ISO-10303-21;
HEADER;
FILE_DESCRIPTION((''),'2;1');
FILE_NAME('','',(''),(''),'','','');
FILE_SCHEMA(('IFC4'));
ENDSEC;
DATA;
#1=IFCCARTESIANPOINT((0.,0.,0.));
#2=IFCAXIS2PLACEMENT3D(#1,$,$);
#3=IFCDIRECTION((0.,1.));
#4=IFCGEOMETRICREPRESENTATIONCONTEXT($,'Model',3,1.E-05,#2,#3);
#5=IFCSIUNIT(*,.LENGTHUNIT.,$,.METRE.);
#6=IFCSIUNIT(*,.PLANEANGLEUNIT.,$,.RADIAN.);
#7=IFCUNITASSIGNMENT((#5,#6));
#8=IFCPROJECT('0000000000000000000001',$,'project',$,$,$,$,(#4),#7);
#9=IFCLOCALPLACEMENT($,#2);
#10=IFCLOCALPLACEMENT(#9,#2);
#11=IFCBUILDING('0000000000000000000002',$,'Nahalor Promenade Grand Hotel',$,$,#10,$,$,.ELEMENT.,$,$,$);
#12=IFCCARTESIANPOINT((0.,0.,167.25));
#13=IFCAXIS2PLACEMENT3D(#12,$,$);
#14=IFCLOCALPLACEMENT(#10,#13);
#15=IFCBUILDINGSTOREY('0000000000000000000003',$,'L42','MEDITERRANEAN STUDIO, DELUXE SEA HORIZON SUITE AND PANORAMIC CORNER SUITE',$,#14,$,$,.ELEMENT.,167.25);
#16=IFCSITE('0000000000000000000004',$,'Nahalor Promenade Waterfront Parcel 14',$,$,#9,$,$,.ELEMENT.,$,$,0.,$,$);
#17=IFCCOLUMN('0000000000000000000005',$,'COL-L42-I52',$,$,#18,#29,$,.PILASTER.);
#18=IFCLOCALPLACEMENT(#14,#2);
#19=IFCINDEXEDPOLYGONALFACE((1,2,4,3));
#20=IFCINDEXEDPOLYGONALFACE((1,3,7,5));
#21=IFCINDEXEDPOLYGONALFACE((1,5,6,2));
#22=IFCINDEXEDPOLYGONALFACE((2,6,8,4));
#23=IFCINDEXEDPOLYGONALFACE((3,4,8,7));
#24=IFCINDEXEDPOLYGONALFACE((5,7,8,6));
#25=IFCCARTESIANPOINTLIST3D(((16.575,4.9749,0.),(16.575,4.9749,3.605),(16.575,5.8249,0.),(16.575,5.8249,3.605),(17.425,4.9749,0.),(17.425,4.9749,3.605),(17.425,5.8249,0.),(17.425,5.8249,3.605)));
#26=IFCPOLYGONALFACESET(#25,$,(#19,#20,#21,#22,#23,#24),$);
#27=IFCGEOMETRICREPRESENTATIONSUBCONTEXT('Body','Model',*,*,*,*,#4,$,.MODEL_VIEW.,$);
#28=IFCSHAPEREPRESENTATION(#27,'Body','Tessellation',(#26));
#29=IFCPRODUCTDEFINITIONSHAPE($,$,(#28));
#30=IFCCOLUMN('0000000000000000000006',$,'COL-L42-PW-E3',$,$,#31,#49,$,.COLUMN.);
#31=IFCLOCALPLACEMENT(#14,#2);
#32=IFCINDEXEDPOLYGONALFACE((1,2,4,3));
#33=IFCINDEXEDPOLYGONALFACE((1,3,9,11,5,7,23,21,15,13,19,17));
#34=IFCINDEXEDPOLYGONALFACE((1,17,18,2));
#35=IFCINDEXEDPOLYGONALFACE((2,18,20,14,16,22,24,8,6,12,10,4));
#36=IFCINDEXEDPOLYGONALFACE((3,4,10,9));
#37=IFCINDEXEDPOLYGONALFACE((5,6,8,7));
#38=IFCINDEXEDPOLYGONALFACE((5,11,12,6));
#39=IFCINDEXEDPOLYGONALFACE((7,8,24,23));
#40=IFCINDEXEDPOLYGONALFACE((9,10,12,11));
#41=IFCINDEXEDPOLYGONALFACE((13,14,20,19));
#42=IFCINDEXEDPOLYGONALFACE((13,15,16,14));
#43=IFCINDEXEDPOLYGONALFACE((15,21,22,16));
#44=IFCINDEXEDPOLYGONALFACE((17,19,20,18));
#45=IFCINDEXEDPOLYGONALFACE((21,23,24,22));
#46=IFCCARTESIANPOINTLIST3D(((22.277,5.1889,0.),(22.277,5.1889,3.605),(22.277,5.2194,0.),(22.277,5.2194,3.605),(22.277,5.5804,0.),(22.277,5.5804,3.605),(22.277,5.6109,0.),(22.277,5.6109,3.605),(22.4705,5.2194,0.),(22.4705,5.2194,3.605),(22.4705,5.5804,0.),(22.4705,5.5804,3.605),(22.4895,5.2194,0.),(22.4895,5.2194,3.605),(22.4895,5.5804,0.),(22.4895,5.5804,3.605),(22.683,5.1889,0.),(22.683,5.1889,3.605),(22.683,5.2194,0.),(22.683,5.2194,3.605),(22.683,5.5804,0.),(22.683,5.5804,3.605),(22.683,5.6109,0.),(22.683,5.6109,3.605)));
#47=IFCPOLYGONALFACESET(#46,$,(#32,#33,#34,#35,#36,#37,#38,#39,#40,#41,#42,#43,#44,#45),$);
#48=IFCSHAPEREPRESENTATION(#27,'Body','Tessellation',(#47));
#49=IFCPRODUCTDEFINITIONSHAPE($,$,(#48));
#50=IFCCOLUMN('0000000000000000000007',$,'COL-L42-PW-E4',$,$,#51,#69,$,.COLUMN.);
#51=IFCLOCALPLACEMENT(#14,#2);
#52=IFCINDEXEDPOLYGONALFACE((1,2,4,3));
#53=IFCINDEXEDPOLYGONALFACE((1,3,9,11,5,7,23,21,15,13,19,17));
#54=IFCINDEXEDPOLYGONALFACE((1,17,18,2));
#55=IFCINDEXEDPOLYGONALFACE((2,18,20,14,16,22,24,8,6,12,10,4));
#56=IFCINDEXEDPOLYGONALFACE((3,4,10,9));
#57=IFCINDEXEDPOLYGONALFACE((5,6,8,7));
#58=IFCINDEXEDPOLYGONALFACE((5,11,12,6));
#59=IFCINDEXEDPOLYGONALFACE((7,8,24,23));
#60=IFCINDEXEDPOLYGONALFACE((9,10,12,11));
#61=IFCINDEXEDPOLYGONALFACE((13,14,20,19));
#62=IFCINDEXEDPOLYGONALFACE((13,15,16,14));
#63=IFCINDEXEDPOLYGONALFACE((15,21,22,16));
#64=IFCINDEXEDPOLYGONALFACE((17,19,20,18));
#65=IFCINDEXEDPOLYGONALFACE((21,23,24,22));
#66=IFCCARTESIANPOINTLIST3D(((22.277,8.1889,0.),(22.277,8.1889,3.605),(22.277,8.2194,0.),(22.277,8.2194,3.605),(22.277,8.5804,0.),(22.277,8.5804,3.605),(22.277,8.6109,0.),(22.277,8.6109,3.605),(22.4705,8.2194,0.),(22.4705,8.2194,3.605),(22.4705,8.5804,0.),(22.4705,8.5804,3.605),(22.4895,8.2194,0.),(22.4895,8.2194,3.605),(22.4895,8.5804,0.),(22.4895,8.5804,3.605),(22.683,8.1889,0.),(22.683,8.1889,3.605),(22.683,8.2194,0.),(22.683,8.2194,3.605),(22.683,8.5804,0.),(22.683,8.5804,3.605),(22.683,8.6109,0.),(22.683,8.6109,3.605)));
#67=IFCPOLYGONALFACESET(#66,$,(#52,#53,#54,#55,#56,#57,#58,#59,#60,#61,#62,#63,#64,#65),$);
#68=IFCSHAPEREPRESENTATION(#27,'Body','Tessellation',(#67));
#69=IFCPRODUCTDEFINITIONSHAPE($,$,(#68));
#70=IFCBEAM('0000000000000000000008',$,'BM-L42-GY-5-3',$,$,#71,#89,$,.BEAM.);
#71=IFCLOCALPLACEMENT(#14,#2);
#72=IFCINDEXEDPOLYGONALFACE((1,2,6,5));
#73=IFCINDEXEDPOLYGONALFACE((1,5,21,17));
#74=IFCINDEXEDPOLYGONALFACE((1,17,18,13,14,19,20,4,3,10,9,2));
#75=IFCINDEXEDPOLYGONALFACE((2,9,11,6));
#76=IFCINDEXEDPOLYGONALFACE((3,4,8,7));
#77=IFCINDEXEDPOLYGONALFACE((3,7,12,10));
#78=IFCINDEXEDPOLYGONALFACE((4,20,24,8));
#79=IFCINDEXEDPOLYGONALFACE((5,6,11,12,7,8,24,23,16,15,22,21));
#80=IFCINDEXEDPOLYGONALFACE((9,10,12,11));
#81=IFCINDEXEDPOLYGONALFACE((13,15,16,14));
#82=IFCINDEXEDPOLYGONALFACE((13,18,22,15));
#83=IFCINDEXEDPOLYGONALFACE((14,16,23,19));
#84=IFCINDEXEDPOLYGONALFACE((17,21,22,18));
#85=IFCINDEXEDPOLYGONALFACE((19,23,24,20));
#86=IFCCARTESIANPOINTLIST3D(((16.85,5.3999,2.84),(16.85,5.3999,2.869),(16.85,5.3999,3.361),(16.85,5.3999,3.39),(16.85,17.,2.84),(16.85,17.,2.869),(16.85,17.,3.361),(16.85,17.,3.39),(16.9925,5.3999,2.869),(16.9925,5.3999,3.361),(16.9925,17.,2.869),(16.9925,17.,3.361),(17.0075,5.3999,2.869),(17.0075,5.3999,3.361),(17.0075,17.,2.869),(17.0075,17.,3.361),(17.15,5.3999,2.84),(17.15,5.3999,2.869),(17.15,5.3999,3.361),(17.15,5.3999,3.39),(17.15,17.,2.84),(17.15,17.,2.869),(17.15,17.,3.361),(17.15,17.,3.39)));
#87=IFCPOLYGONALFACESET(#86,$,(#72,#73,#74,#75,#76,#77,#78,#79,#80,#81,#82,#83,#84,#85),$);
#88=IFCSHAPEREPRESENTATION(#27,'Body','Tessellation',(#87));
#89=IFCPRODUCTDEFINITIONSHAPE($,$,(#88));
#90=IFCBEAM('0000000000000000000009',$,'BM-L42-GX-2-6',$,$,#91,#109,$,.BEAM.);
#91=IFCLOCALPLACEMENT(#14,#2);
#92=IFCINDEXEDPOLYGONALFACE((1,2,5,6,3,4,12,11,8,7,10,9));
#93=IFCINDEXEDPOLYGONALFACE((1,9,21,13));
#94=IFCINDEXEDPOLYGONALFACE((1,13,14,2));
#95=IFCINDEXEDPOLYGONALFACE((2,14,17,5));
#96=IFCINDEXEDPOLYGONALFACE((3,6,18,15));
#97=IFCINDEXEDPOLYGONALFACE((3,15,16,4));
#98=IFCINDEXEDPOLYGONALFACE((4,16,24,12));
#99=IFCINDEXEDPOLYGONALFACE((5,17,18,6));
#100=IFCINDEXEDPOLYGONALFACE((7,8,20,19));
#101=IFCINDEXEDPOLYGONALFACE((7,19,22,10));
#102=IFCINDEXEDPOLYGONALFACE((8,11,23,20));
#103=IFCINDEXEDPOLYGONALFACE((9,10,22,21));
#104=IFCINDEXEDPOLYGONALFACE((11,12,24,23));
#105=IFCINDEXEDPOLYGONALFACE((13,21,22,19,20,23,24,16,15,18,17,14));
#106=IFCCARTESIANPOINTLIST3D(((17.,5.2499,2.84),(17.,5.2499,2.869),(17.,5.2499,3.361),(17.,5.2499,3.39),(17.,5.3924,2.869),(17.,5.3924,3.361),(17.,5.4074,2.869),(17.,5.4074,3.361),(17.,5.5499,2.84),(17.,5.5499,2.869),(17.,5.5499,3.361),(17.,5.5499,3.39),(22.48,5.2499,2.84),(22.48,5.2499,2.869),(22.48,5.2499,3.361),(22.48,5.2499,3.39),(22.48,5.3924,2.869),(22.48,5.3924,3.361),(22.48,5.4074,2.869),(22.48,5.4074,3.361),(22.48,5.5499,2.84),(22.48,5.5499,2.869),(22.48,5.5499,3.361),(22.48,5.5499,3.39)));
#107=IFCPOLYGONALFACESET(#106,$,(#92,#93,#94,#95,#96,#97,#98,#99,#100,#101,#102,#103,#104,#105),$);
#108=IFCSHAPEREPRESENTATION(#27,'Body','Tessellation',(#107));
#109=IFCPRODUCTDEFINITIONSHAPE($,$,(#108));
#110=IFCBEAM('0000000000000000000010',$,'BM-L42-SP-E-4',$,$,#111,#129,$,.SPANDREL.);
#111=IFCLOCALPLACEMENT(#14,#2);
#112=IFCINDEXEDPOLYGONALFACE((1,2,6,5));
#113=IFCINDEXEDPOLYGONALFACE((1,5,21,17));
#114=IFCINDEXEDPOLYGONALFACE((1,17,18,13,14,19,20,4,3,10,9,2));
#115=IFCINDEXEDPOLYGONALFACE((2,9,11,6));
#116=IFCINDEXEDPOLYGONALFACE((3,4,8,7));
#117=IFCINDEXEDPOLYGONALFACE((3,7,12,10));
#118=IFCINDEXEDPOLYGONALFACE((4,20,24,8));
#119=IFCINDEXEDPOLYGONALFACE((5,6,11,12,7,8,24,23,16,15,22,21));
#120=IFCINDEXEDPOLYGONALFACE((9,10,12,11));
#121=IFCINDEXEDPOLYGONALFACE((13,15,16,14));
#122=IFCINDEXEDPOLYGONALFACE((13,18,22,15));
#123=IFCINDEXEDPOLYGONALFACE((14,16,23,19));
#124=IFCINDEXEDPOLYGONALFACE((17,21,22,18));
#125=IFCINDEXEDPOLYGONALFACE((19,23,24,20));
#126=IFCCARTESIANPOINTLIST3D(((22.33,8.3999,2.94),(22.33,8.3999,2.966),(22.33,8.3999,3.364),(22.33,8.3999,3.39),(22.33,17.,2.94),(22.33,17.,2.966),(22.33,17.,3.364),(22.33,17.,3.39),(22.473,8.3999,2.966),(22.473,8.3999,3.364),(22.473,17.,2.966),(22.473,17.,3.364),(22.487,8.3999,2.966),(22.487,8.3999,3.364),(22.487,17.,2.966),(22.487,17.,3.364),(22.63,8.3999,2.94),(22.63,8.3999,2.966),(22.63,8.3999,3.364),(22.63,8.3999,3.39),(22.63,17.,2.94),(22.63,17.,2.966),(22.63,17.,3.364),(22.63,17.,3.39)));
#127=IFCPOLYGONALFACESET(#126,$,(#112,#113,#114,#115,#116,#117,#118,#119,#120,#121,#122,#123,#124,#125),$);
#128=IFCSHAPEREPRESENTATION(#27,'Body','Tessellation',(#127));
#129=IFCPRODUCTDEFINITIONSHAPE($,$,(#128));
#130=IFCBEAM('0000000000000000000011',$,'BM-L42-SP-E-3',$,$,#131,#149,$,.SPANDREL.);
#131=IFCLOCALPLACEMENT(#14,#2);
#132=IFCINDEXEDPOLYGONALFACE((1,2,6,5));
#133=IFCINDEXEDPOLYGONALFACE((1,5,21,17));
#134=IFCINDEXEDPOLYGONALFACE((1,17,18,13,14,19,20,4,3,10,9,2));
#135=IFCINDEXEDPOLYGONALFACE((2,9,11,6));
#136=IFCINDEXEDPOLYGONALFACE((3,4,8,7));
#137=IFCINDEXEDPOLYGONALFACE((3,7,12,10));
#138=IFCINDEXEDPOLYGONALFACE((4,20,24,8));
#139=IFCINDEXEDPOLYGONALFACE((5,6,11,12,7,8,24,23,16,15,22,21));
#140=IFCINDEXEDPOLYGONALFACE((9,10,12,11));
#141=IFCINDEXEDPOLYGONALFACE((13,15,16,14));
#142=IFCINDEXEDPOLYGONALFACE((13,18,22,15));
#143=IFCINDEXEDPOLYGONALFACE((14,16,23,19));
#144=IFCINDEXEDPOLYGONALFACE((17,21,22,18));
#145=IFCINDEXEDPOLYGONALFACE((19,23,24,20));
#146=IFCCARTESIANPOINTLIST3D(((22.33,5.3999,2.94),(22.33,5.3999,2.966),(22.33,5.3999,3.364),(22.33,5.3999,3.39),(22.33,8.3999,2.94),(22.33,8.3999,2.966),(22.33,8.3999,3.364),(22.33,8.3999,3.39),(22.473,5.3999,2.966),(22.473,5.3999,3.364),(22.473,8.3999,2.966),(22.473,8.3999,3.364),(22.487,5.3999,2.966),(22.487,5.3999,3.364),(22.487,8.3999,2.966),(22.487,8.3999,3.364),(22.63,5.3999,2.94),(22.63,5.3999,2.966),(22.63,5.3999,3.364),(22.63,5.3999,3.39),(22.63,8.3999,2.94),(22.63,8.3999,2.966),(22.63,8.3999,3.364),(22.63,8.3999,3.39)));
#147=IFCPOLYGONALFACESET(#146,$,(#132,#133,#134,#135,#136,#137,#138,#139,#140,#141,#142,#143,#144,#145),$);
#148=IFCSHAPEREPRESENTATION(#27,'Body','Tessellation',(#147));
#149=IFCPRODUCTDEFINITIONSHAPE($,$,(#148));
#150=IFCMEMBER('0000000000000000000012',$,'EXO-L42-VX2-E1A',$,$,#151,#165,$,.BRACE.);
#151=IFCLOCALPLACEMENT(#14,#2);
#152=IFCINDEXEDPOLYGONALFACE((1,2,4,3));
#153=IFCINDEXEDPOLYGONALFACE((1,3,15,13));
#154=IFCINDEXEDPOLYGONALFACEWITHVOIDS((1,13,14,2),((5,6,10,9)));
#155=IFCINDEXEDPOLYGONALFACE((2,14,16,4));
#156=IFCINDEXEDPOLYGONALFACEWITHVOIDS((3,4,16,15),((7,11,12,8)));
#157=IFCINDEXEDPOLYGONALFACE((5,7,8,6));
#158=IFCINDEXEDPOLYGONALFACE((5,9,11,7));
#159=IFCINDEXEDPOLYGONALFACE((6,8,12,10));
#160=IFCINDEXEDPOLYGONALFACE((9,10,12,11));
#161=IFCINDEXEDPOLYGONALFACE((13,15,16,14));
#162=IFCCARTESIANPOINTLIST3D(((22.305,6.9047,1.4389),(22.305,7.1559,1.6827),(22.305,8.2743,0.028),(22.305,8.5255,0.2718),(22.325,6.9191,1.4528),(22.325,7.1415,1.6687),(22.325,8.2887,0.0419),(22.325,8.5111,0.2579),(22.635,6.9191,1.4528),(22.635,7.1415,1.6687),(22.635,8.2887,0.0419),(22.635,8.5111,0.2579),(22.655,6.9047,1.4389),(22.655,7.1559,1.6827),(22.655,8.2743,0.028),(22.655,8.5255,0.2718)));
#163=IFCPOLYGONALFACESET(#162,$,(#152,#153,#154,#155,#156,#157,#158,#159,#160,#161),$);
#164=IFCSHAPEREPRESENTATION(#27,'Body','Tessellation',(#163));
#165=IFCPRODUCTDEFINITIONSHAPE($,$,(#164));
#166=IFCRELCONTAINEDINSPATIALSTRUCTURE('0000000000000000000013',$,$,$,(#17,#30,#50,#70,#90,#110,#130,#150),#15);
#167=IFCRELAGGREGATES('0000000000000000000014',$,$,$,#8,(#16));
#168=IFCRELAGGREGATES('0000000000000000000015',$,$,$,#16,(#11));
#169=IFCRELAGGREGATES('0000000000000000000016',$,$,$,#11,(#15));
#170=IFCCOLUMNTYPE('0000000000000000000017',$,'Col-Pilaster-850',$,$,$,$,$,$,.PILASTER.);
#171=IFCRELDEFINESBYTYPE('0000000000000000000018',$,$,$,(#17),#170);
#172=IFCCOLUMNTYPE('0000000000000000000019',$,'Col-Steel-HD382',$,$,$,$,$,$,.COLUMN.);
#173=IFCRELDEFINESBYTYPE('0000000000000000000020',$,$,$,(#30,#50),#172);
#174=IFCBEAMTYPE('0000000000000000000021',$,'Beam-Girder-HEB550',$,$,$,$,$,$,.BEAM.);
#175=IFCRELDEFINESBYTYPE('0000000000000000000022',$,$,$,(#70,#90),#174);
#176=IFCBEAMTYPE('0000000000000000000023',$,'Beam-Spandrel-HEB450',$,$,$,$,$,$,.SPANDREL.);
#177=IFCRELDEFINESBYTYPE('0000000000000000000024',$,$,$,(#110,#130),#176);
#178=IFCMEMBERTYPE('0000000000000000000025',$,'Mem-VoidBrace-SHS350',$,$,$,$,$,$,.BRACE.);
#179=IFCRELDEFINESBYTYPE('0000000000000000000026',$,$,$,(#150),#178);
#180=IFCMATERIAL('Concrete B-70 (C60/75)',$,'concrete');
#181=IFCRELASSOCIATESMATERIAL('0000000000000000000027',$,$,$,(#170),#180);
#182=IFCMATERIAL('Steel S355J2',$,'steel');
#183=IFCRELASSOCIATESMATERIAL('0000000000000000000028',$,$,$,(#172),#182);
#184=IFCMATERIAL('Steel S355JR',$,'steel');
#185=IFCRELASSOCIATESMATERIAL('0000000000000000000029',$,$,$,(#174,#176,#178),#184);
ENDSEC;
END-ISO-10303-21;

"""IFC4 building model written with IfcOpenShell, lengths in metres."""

from ifc_helpers import new_model, si_unit, direction, frame, origin, origin_2d, place, context, subcontext, project, spatial, rectangle, hollow_rectangle, i_section, extrude, source, transform, mapped, material, material_profile, profile_set, type_object, element, save


model = new_model("IFC4")

# Units and contexts
model_context = context("Model", 3, precision=1e-05, world=origin(), true_north=direction((0.0, 1.0)))
body_context = subcontext(model_context, "Body", "Model", "MODEL_VIEW")
ifc_project = project(units=[si_unit("LENGTHUNIT", "METRE"), si_unit("PLANEANGLEUNIT", "RADIAN")], contexts=[model_context])

# Site, building, storey
site_placement = place(None, origin())
site = spatial("IfcSite", under=ifc_project, at=site_placement, Name="Nahalor Promenade Waterfront Parcel 14", CompositionType="ELEMENT", RefElevation=0.0)
building_placement = place(site_placement, origin())
building = spatial("IfcBuilding", under=site, at=building_placement, Name="Nahalor Promenade Grand Hotel", CompositionType="ELEMENT")
storey_placement = place(building_placement, frame((0.0, 0.0, 167.25)))
storey = spatial("IfcBuildingStorey", under=building, at=storey_placement, Name="L42", Description="MEDITERRANEAN STUDIO, DELUXE SEA HORIZON SUITE AND PANORAMIC CORNER SUITE", CompositionType="ELEMENT", Elevation=167.25)

# Columns
ifc_material_1 = material(Name="Concrete B-70 (C60/75)", Category="concrete")
ifc_material_profile_1 = material_profile(ifc_material_1, rectangle(XDim=0.85, YDim=0.85, at=origin_2d()), Name="RC 850x850")
ifc_profile_set_1 = profile_set([ifc_material_profile_1], Name="Concrete B-70 (C60/75)")
column_type_1 = type_object("IfcColumnType", Name="Col-Pilaster-850", PredefinedType="PILASTER", material=ifc_profile_set_1)
shared_shape_1 = source(origin(), body_context, "Body", "SweptSolid", [
    extrude(rectangle(XDim=0.85, YDim=0.85, at=origin_2d()), origin(), (0.0, 0.0, 1.0), 3.605),
])
column_placement = place(storey_placement, frame((17.0, 5.3999, 0.0), z_axis=(0.0, 0.0, 1.0), x_axis=(1.0, 0.0, 0.0)))
element("IfcColumn", 1, at=column_placement, inside=storey, type_object=column_type_1, Name="COL-L42-I52", PredefinedType="PILASTER", context=body_context, shape_type="MappedRepresentation", body=[
    mapped(shared_shape_1, transform((0.0, 0.0, 0.0), scale=1.0)),
])
ifc_material_2 = material(Name="Steel S355J2", Category="steel")
ifc_material_profile_2 = material_profile(ifc_material_2, i_section(OverallWidth=0.406, OverallDepth=0.422, WebThickness=0.019, FlangeThickness=0.0305, at=origin_2d()), Name="HD 400x382")
ifc_profile_set_2 = profile_set([ifc_material_profile_2], Name="Steel S355J2")
column_type_2 = type_object("IfcColumnType", Name="Col-Steel-HD382", PredefinedType="COLUMN", material=ifc_profile_set_2)
shared_shape_2 = source(origin(), body_context, "Body", "SweptSolid", [
    extrude(i_section(OverallWidth=0.406, OverallDepth=0.422, WebThickness=0.019, FlangeThickness=0.0305, at=origin_2d()), origin(), (0.0, 0.0, 1.0), 3.605),
])
for number, where, z_axis, x_axis, name in (
    (2, (22.48, 5.3999, 0.0), (0.0, 0.0, 1.0), (1.0, 0.0, 0.0), "COL-L42-PW-E3"),
    (3, (22.48, 8.3999, 0.0), (0.0, 0.0, 1.0), (1.0, 0.0, 0.0), "COL-L42-PW-E4"),
):
    element("IfcColumn", number, at=place(storey_placement, frame(where, z_axis=z_axis, x_axis=x_axis)), inside=storey, type_object=column_type_2, Name=name, PredefinedType="COLUMN", context=body_context, shape_type="MappedRepresentation", body=[
        mapped(shared_shape_2, transform((0.0, 0.0, 0.0), scale=1.0)),
    ])

# Beams
ifc_material_3 = material(Name="Steel S355JR", Category="steel")
ifc_material_profile_3 = material_profile(ifc_material_3, i_section(OverallWidth=0.3, OverallDepth=0.55, WebThickness=0.015, FlangeThickness=0.029, at=origin_2d()), Name="HEB 550")
ifc_profile_set_3 = profile_set([ifc_material_profile_3], Name="Steel S355JR")
beam_type_1 = type_object("IfcBeamType", Name="Beam-Girder-HEB550", PredefinedType="BEAM", material=ifc_profile_set_3)
shared_shape_3 = source(origin(), body_context, "Body", "SweptSolid", [
    extrude(i_section(OverallWidth=0.3, OverallDepth=0.55, WebThickness=0.015, FlangeThickness=0.029, at=origin_2d()), origin(), (0.0, 0.0, 1.0), 11.6001),
])
beam_1_placement = place(storey_placement, frame((17.0, 5.3999, 3.115), z_axis=(0.0, 1.0, 0.0), x_axis=(-1.0, 0.0, 0.0)))
element("IfcBeam", 4, at=beam_1_placement, inside=storey, type_object=beam_type_1, Name="BM-L42-GY-5-3", PredefinedType="BEAM", context=body_context, shape_type="MappedRepresentation", body=[
    mapped(shared_shape_3, transform((0.0, 0.0, 0.0), scale=1.0)),
])
shared_shape_4 = source(origin(), body_context, "Body", "SweptSolid", [
    extrude(i_section(OverallWidth=0.3, OverallDepth=0.55, WebThickness=0.015, FlangeThickness=0.029, at=origin_2d()), origin(), (0.0, 0.0, 1.0), 5.48),
])
beam_2_placement = place(storey_placement, frame((17.0, 5.3999, 3.115), z_axis=(1.0, 0.0, 0.0), x_axis=(0.0, 1.0, 0.0)))
element("IfcBeam", 5, at=beam_2_placement, inside=storey, type_object=beam_type_1, Name="BM-L42-GX-2-6", PredefinedType="BEAM", context=body_context, shape_type="MappedRepresentation", body=[
    mapped(shared_shape_4, transform((0.0, 0.0, 0.0), scale=1.0)),
])
ifc_material_profile_4 = material_profile(ifc_material_3, i_section(OverallWidth=0.3, OverallDepth=0.45, WebThickness=0.014, FlangeThickness=0.026, at=origin_2d()), Name="HEB 450")
ifc_profile_set_4 = profile_set([ifc_material_profile_4], Name="Steel S355JR")
beam_type_2 = type_object("IfcBeamType", Name="Beam-Spandrel-HEB450", PredefinedType="SPANDREL", material=ifc_profile_set_4)
shared_shape_5 = source(origin(), body_context, "Body", "SweptSolid", [
    extrude(i_section(OverallWidth=0.3, OverallDepth=0.45, WebThickness=0.014, FlangeThickness=0.026, at=origin_2d()), origin(), (0.0, 0.0, 1.0), 8.6001),
])
beam_3_placement = place(storey_placement, frame((22.48, 8.3999, 3.165), z_axis=(0.0, 1.0, 0.0), x_axis=(-1.0, 0.0, 0.0)))
element("IfcBeam", 6, at=beam_3_placement, inside=storey, type_object=beam_type_2, Name="BM-L42-SP-E-4", PredefinedType="SPANDREL", context=body_context, shape_type="MappedRepresentation", body=[
    mapped(shared_shape_5, transform((0.0, 0.0, 0.0), scale=1.0)),
])
shared_shape_6 = source(origin(), body_context, "Body", "SweptSolid", [
    extrude(i_section(OverallWidth=0.3, OverallDepth=0.45, WebThickness=0.014, FlangeThickness=0.026, at=origin_2d()), origin(), (0.0, 0.0, 1.0), 3.0),
])
beam_4_placement = place(storey_placement, frame((22.48, 5.3999, 3.165), z_axis=(0.0, 1.0, 0.0), x_axis=(-1.0, 0.0, 0.0)))
element("IfcBeam", 7, at=beam_4_placement, inside=storey, type_object=beam_type_2, Name="BM-L42-SP-E-3", PredefinedType="SPANDREL", context=body_context, shape_type="MappedRepresentation", body=[
    mapped(shared_shape_6, transform((0.0, 0.0, 0.0), scale=1.0)),
])

# Member
ifc_material_profile_5 = material_profile(ifc_material_3, hollow_rectangle(XDim=0.35, YDim=0.35, WallThickness=0.02, at=origin_2d()), Name="SHS 350x350x20")
ifc_profile_set_5 = profile_set([ifc_material_profile_5], Name="Steel S355JR")
member_type_1 = type_object("IfcMemberType", Name="Mem-VoidBrace-SHS350", PredefinedType="BRACE", material=ifc_profile_set_5)
shared_shape_7 = source(origin(), body_context, "Body", "SweptSolid", [
    extrude(hollow_rectangle(XDim=0.35, YDim=0.35, WallThickness=0.02, at=origin_2d()), origin(), (0.0, 0.0, 1.0), 1.9663),
])
member_1_placement = place(storey_placement, frame((22.48, 8.3999, 0.1499), z_axis=(0.0, -0.696537, 0.71752), x_axis=(1.0, 0.0, 0.0)))
element("IfcMember", 8, at=member_1_placement, inside=storey, type_object=member_type_1, Name="EXO-L42-VX2-E1A", PredefinedType="BRACE", context=body_context, shape_type="MappedRepresentation", body=[
    mapped(shared_shape_7, transform((0.0, 0.0, 0.0), scale=1.0)),
])

save(model, "model.ifc")
